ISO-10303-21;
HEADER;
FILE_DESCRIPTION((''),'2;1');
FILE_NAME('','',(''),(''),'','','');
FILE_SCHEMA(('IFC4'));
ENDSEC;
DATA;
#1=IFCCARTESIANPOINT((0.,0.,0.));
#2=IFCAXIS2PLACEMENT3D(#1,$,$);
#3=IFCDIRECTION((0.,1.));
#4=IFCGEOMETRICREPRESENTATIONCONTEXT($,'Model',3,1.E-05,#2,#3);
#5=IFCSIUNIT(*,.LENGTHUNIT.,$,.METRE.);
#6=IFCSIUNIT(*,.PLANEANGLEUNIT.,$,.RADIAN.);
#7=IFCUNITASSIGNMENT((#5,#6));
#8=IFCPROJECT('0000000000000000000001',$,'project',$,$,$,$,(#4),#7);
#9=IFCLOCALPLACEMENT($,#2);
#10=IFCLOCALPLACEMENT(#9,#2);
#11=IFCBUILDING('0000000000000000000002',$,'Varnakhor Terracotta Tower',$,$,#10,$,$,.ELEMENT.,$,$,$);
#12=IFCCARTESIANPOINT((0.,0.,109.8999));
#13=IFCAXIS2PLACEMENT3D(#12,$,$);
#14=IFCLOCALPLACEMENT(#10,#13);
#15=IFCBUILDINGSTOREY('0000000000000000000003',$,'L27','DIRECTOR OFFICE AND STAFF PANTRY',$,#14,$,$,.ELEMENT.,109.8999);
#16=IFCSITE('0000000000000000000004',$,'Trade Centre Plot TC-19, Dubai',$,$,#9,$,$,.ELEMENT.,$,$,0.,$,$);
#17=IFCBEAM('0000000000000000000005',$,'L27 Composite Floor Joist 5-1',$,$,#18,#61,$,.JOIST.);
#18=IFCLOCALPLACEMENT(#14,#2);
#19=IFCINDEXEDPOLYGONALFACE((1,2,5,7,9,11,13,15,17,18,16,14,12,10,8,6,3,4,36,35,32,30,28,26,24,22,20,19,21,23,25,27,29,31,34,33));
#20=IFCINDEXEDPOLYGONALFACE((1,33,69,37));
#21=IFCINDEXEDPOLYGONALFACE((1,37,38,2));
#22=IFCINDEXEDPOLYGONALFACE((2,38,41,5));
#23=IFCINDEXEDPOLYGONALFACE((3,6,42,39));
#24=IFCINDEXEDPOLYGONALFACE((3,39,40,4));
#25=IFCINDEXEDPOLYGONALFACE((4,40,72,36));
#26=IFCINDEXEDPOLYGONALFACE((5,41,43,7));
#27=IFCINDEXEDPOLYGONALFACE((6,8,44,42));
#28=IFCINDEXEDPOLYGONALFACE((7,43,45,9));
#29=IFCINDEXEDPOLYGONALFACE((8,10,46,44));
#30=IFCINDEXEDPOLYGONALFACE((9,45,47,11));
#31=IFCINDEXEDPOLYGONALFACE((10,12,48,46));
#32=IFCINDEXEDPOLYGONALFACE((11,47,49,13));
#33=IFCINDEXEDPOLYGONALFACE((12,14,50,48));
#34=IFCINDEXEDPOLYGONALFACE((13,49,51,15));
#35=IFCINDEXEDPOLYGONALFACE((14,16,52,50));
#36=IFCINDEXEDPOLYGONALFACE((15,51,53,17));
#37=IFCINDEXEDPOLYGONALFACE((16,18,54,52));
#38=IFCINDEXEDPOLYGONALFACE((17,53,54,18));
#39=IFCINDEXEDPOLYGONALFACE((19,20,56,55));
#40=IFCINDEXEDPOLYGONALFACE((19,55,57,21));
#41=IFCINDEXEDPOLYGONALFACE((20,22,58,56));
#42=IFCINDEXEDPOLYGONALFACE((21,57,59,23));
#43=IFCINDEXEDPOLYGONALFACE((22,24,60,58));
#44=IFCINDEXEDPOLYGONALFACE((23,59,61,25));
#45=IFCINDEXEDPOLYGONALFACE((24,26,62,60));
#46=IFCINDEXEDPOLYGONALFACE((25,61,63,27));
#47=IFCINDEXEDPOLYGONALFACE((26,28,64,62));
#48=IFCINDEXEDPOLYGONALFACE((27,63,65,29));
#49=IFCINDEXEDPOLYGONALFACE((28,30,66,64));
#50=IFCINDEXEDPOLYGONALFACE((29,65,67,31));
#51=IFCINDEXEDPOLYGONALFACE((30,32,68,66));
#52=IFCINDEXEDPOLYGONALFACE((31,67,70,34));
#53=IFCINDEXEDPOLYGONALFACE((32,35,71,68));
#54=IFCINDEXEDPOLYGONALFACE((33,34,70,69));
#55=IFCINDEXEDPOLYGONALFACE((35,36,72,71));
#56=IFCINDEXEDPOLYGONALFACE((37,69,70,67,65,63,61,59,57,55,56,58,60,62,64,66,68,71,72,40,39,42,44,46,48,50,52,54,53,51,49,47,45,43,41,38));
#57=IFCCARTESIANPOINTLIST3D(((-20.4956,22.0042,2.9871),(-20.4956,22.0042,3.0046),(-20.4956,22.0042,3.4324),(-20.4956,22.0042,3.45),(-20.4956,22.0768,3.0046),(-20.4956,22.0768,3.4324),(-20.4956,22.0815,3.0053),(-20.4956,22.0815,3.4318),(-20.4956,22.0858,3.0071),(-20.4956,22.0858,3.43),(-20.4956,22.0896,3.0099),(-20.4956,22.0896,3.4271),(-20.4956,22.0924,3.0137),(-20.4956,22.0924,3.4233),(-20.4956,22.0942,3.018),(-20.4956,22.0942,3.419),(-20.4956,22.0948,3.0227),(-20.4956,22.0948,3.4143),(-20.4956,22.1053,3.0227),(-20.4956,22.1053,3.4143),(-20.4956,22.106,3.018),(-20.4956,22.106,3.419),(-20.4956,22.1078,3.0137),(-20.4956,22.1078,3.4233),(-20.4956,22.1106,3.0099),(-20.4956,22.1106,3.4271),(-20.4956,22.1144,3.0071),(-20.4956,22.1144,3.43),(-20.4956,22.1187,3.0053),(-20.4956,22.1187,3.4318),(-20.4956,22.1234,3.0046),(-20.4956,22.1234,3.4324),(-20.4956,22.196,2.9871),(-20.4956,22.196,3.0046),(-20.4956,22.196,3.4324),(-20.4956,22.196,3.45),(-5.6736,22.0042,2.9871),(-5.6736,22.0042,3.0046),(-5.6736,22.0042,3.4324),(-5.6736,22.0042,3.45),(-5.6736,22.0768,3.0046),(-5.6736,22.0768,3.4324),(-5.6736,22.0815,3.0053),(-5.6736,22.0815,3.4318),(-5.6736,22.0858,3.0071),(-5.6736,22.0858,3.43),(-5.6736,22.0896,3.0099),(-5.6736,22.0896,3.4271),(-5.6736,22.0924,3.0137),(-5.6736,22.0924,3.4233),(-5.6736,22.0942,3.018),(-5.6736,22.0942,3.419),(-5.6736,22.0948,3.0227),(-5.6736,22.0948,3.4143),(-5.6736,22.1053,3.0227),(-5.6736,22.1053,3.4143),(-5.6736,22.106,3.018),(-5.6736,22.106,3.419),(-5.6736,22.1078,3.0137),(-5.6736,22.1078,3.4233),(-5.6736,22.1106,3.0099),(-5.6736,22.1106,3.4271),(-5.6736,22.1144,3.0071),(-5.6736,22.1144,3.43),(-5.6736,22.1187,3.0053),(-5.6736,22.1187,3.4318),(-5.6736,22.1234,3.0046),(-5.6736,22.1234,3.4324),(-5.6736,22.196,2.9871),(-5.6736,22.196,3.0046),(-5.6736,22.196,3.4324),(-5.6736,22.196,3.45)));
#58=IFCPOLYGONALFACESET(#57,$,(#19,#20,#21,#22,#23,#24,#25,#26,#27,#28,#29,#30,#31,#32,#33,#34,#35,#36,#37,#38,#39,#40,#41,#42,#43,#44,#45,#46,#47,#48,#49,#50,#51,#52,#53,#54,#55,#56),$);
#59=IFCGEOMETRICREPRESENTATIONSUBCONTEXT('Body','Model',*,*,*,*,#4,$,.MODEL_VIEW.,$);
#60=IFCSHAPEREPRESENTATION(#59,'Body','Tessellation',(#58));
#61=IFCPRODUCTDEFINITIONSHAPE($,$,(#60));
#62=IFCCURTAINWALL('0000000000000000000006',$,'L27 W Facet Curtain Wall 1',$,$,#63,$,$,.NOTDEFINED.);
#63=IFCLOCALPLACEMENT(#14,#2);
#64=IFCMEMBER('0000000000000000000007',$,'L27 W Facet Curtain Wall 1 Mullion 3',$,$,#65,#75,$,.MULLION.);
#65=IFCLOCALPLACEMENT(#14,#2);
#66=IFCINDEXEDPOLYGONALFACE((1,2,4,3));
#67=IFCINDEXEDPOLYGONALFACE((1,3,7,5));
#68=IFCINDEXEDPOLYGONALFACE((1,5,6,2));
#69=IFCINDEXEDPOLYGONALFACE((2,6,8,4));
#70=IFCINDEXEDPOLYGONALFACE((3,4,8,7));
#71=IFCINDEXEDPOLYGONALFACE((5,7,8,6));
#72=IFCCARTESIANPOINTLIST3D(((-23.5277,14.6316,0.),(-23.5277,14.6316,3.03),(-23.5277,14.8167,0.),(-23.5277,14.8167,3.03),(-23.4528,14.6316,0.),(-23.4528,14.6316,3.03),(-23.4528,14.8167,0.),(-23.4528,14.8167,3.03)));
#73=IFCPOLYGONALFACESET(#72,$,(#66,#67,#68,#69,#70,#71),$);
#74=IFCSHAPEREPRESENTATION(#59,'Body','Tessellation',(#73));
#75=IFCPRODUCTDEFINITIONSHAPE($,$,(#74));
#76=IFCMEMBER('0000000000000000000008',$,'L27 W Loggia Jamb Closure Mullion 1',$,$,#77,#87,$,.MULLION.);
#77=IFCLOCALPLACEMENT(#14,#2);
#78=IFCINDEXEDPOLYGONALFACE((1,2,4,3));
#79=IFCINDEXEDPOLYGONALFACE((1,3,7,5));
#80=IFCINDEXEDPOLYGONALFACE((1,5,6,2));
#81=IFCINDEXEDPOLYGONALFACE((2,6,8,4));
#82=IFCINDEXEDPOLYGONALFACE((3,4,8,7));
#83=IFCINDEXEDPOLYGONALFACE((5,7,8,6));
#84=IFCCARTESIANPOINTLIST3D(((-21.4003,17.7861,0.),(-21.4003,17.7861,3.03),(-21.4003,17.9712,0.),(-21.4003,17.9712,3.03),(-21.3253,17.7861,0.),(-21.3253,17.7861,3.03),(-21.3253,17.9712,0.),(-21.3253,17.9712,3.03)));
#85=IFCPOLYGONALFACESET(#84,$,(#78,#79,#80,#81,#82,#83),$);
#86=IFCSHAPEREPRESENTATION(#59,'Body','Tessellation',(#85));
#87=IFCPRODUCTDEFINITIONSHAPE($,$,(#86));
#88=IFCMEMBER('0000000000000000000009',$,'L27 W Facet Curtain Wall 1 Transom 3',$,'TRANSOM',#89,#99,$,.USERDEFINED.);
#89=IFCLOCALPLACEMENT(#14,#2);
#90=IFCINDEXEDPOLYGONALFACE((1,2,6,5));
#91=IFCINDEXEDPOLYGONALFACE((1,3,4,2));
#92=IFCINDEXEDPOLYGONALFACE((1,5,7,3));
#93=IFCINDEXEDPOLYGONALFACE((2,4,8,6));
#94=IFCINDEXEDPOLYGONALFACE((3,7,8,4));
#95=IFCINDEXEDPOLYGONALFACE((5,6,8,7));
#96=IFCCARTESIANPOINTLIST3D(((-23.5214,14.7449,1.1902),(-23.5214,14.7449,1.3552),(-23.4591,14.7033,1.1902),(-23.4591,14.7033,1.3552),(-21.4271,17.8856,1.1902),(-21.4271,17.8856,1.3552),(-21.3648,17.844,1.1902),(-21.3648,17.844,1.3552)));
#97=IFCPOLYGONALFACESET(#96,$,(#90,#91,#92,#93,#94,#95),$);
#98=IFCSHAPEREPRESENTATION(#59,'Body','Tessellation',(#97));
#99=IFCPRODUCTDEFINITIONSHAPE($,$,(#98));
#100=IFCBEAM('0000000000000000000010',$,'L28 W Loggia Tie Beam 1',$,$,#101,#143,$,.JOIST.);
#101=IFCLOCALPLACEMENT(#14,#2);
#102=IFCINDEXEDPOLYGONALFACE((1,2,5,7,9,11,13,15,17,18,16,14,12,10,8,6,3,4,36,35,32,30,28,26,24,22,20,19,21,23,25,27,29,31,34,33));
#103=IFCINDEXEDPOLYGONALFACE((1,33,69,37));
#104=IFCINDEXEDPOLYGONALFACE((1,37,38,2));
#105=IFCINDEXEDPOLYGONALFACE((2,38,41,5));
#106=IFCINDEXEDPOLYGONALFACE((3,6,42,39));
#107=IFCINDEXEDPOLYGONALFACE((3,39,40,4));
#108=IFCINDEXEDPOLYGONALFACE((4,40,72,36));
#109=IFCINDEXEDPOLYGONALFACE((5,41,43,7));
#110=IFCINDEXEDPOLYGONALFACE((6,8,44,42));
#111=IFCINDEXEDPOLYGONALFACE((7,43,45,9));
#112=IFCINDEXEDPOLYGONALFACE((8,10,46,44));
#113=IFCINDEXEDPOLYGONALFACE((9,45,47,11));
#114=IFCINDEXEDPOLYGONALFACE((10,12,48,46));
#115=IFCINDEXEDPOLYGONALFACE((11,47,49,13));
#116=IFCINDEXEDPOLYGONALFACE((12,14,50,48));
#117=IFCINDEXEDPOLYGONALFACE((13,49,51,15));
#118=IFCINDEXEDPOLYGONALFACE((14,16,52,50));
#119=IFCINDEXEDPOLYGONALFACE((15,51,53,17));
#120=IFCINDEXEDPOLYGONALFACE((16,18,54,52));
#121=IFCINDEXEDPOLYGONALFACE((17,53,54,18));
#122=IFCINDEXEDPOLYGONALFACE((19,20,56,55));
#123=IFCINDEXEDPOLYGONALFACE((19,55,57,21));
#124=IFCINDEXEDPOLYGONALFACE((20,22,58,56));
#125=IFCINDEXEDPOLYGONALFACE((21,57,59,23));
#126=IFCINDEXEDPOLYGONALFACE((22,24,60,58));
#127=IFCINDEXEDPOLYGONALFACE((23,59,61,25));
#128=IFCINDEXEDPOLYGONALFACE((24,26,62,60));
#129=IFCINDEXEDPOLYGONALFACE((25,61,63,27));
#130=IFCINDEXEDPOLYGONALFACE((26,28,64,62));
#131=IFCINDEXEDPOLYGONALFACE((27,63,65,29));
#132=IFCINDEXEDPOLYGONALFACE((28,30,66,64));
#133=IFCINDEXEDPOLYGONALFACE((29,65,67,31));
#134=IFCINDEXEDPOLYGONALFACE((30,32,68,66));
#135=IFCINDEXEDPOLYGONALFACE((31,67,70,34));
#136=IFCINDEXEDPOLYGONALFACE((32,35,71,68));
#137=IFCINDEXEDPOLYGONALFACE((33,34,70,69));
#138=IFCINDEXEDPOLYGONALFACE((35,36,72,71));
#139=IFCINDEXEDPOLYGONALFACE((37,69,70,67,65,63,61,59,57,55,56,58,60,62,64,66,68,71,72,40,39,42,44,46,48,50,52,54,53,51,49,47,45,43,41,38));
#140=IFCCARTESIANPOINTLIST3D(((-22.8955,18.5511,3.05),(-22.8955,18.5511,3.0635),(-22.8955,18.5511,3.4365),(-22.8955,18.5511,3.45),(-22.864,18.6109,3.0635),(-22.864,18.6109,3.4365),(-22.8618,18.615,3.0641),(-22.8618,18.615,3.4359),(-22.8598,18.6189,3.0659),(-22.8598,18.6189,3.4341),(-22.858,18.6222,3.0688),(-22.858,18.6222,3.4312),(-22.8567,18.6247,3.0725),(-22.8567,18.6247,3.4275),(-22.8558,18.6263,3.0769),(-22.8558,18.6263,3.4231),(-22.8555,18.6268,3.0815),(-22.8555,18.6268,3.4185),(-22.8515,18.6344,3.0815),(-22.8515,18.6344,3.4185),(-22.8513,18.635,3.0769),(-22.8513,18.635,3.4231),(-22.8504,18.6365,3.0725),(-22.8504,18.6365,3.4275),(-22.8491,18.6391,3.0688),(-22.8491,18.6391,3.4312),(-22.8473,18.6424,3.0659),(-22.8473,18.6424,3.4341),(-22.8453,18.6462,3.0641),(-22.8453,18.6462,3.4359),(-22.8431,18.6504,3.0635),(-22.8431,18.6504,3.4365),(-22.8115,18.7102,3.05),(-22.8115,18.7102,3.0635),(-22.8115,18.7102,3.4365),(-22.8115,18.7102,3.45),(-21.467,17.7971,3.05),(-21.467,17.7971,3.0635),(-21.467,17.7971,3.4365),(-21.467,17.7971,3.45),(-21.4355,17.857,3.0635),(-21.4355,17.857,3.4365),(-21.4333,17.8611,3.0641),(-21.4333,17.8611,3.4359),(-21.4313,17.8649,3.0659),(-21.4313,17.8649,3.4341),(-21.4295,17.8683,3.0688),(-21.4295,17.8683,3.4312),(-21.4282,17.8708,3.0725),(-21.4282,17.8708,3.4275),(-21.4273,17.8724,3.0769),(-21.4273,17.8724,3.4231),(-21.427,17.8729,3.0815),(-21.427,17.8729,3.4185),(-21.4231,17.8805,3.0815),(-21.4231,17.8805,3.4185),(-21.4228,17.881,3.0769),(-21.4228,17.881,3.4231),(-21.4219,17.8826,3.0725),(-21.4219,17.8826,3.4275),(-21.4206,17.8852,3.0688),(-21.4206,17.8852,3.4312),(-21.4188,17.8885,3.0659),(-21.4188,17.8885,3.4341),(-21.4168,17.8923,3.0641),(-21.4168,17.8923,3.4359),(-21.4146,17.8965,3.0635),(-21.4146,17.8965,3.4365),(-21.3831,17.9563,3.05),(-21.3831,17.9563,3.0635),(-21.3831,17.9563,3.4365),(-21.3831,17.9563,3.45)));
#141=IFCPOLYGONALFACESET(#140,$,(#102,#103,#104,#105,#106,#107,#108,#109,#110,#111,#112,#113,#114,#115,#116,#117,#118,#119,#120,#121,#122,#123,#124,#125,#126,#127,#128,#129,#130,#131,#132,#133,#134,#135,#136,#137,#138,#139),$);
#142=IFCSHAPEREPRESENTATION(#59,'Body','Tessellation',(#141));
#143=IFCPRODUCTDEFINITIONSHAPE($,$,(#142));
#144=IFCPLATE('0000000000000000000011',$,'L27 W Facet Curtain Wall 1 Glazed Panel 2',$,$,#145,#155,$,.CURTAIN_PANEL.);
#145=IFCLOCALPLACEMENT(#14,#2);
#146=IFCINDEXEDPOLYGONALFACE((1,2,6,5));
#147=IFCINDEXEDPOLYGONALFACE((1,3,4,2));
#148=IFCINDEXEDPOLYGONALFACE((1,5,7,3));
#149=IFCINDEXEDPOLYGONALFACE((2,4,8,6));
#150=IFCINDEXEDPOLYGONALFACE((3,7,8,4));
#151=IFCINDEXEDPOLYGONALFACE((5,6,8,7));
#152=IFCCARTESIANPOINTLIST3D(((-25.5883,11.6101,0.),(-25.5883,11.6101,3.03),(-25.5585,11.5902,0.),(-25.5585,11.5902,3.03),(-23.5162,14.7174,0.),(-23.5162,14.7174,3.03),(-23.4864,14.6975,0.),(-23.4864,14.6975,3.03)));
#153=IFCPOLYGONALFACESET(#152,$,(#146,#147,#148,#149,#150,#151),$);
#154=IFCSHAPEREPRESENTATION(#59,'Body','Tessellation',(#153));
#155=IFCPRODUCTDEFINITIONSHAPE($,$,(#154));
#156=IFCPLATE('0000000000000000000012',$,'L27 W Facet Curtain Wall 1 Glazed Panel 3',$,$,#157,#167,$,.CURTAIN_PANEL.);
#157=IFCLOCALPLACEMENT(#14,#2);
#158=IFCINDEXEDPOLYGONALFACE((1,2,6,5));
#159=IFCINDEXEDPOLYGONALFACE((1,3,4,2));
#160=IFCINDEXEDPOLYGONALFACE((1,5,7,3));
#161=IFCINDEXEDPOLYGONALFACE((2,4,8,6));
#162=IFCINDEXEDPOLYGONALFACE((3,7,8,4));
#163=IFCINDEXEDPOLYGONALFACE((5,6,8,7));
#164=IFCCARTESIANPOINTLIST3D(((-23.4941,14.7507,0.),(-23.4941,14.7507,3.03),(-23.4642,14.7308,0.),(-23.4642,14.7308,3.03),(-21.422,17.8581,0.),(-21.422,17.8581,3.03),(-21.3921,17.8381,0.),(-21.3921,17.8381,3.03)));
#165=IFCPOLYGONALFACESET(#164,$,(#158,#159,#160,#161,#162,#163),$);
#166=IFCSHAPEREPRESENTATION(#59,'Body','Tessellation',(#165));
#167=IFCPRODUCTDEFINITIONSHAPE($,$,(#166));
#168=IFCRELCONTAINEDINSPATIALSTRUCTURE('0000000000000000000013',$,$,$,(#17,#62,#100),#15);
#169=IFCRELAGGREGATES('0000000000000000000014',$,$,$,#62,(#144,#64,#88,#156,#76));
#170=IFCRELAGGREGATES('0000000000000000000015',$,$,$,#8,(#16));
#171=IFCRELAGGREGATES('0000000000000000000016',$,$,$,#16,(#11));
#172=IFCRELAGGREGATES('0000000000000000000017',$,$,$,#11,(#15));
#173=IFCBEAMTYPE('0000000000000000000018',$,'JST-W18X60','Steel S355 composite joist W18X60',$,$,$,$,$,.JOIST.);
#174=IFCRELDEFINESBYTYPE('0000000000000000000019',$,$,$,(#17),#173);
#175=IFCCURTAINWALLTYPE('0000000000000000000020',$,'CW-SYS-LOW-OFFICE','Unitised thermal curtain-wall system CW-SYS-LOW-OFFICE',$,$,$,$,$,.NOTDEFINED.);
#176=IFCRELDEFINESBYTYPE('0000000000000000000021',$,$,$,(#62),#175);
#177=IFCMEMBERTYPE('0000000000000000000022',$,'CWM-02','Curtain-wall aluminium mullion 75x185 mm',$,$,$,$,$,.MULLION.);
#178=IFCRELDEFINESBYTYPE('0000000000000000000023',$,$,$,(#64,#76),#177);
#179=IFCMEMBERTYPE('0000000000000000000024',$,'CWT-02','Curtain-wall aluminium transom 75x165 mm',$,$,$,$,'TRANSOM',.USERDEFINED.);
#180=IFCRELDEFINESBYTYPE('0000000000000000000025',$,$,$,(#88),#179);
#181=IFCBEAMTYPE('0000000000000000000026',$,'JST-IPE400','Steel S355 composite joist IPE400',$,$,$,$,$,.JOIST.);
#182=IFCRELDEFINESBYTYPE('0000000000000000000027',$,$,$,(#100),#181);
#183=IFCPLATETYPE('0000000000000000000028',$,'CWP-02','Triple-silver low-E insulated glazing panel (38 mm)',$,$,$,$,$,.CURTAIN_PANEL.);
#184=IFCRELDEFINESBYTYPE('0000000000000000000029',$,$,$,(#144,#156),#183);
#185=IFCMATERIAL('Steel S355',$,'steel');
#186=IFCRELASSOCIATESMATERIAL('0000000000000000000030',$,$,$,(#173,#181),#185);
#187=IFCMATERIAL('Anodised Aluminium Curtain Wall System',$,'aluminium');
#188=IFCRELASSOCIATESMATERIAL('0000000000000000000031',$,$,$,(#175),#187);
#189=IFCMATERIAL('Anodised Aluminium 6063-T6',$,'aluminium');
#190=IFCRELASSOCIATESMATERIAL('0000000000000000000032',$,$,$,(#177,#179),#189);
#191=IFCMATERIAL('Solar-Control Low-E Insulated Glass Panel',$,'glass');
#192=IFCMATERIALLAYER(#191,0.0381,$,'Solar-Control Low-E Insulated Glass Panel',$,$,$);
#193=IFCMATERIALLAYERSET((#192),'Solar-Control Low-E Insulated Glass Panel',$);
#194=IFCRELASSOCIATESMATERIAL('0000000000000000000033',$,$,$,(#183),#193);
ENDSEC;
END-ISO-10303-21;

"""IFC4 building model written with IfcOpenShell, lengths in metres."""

from ifc_helpers import new_model, si_unit, direction, frame, origin, origin_2d, place, context, subcontext, project, spatial, rectangle, i_section, extrude, source, transform, mapped, material, layer, layer_set, material_profile, profile_set, type_object, type_shapes, element, aggregate, save


model = new_model("IFC4")

# Units and contexts
model_context = context("Model", 3, precision=1e-05, world=origin(), true_north=direction((0.0, 1.0)))
body_context = subcontext(model_context, "Body", "Model", "MODEL_VIEW")
ifc_project = project(units=[si_unit("LENGTHUNIT", "METRE"), si_unit("PLANEANGLEUNIT", "RADIAN")], contexts=[model_context])

# Site, building, storey
site_placement = place(None, origin())
site = spatial("IfcSite", under=ifc_project, at=site_placement, Name="Trade Centre Plot TC-19, Dubai", CompositionType="ELEMENT", RefElevation=0.0)
building_placement = place(site_placement, origin())
building = spatial("IfcBuilding", under=site, at=building_placement, Name="Varnakhor Terracotta Tower", CompositionType="ELEMENT")
storey_placement = place(building_placement, frame((0.0, 0.0, 109.8999)))
storey = spatial("IfcBuildingStorey", under=building, at=storey_placement, Name="L27", Description="DIRECTOR OFFICE AND STAFF PANTRY", CompositionType="ELEMENT", Elevation=109.8999)

# Beam
ifc_material_1 = material(Name="Steel S355", Category="steel")
ifc_material_profile_1 = material_profile(ifc_material_1, i_section(OverallWidth=0.1919, OverallDepth=0.4629, WebThickness=0.0105, FlangeThickness=0.0176, FilletRadius=0.0181, at=origin_2d()), Name="W18X60")
ifc_profile_set_1 = profile_set([ifc_material_profile_1], Name="Steel S355")
beam_type_1 = type_object("IfcBeamType", Name="JST-W18X60", Description="Steel S355 composite joist W18X60", PredefinedType="JOIST", material=ifc_profile_set_1)
shared_shape_1 = source(origin(), body_context, "Body", "SweptSolid", [
    extrude(i_section(OverallWidth=0.1919, OverallDepth=0.4629, WebThickness=0.0105, FlangeThickness=0.0176, FilletRadius=0.0181, at=origin_2d()), origin(), (0.0, 0.0, 1.0), 14.822),
])
beam_1_placement = place(storey_placement, frame((-20.4956, 22.1001, 3.2185), z_axis=(1.0, 0.0, 0.0), x_axis=(0.0, 1.0, 0.0)))
element("IfcBeam", 1, at=beam_1_placement, inside=storey, type_object=beam_type_1, Name="L27 Composite Floor Joist 5-1", PredefinedType="JOIST", context=body_context, shape_type="MappedRepresentation", body=[
    mapped(shared_shape_1, transform((0.0, 0.0, 0.0), scale=1.0)),
])

# Curtain wall, members
ifc_material_2 = material(Name="Anodised Aluminium Curtain Wall System", Category="aluminium")
curtain_wall_type = type_object("IfcCurtainWallType", Name="CW-SYS-LOW-OFFICE", Description="Unitised thermal curtain-wall system CW-SYS-LOW-OFFICE", PredefinedType="NOTDEFINED", material=ifc_material_2)
curtain_wall_placement = place(storey_placement, origin())
curtain_wall = element("IfcCurtainWall", 2, at=curtain_wall_placement, inside=storey, type_object=curtain_wall_type, Name="L27 W Facet Curtain Wall 1", PredefinedType="NOTDEFINED")
ifc_material_3 = material(Name="Anodised Aluminium 6063-T6", Category="aluminium")
ifc_material_profile_2 = material_profile(ifc_material_3, rectangle(XDim=0.075, YDim=0.1851, at=origin_2d()), Name="ALU MULLION 75x185")
ifc_profile_set_2 = profile_set([ifc_material_profile_2], Name="Anodised Aluminium 6063-T6")
member_type_1 = type_object("IfcMemberType", Name="CWM-02", Description="Curtain-wall aluminium mullion 75x185 mm", PredefinedType="MULLION", material=ifc_profile_set_2)
shared_shape_2 = source(origin(), body_context, "Body", "SweptSolid", [
    extrude(rectangle(XDim=0.075, YDim=0.1851, at=origin_2d()), origin(), (0.0, 0.0, 1.0), 3.03),
])
type_shapes(member_type_1, [shared_shape_2])
member_1_placement = place(storey_placement, frame((-23.4902, 14.7241, 0.0), z_axis=(0.0, 0.0, 1.0), x_axis=(1.0, 0.0, 0.0)))
member_1 = element("IfcMember", 3, at=member_1_placement, type_object=member_type_1, Name="L27 W Facet Curtain Wall 1 Mullion 3", PredefinedType="MULLION", context=body_context, shape_type="MappedRepresentation", body=[
    mapped(shared_shape_2, transform((0.0, 0.0, 0.0), scale=1.0)),
])
member_2_placement = place(storey_placement, frame((-21.3628, 17.8787, 0.0), z_axis=(0.0, 0.0, 1.0), x_axis=(1.0, 0.0, 0.0)))
member_2 = element("IfcMember", 4, at=member_2_placement, type_object=member_type_1, Name="L27 W Loggia Jamb Closure Mullion 1", PredefinedType="MULLION", context=body_context, shape_type="MappedRepresentation", body=[
    mapped(shared_shape_2, transform((0.0, 0.0, 0.0), scale=1.0)),
])
ifc_material_profile_3 = material_profile(ifc_material_3, rectangle(XDim=0.075, YDim=0.165, at=origin_2d()), Name="ALU TRANSOM 75x165")
ifc_profile_set_3 = profile_set([ifc_material_profile_3], Name="Anodised Aluminium 6063-T6")
member_type_2 = type_object("IfcMemberType", Name="CWT-02", Description="Curtain-wall aluminium transom 75x165 mm", ElementType="TRANSOM", PredefinedType="USERDEFINED", material=ifc_profile_set_3)
shared_shape_3 = source(origin(), body_context, "Body", "SweptSolid", [
    extrude(rectangle(XDim=0.075, YDim=0.165, at=origin_2d()), origin(), (0.0, 0.0, 1.0), 3.7749),
])
member_3_placement = place(storey_placement, frame((-23.4902, 14.7241, 1.2727), z_axis=(0.55479, 0.831991, 0.0), x_axis=(-0.831991, 0.55479, 0.0)))
member_3 = element("IfcMember", 5, at=member_3_placement, type_object=member_type_2, Name="L27 W Facet Curtain Wall 1 Transom 3", ObjectType="TRANSOM", PredefinedType="USERDEFINED", context=body_context, shape_type="MappedRepresentation", body=[
    mapped(shared_shape_3, transform((0.0, 0.0, 0.0), scale=1.0)),
])

# Beam
ifc_material_profile_4 = material_profile(ifc_material_1, i_section(OverallWidth=0.1799, OverallDepth=0.3999, WebThickness=0.0085, FlangeThickness=0.0134, FilletRadius=0.0181, at=origin_2d()), Name="IPE400")
ifc_profile_set_4 = profile_set([ifc_material_profile_4], Name="Steel S355")
beam_type_2 = type_object("IfcBeamType", Name="JST-IPE400", Description="Steel S355 composite joist IPE400", PredefinedType="JOIST", material=ifc_profile_set_4)
shared_shape_4 = source(origin(), body_context, "Body", "SweptSolid", [
    extrude(i_section(OverallWidth=0.1799, OverallDepth=0.3999, WebThickness=0.0085, FlangeThickness=0.0134, FilletRadius=0.0181, at=origin_2d()), origin(), (0.0, 0.0, 1.0), 1.6152),
])
beam_2_placement = place(storey_placement, frame((-21.425, 17.8767, 3.25), z_axis=(-0.884386, 0.466755, 0.0), x_axis=(-0.466755, -0.884386, 0.0)))
element("IfcBeam", 6, at=beam_2_placement, inside=storey, type_object=beam_type_2, Name="L28 W Loggia Tie Beam 1", PredefinedType="JOIST", context=body_context, shape_type="MappedRepresentation", body=[
    mapped(shared_shape_4, transform((0.0, 0.0, 0.0), scale=1.0)),
])

# Plates
ifc_material_4 = material(Name="Solar-Control Low-E Insulated Glass Panel", Category="glass")
ifc_layer_1 = layer(ifc_material_4, 0.0381, Name="Solar-Control Low-E Insulated Glass Panel")
ifc_layer_set_1 = layer_set([ifc_layer_1], Name="Solar-Control Low-E Insulated Glass Panel")
plate_type = type_object("IfcPlateType", Name="CWP-02", Description="Triple-silver low-E insulated glazing panel (38 mm)", PredefinedType="CURTAIN_PANEL", material=ifc_layer_set_1)
shared_shape_5 = source(origin(), body_context, "Body", "SweptSolid", [
    extrude(rectangle(XDim=3.7349, YDim=0.0359, at=origin_2d()), origin(), (0.0, 0.0, 1.0), 3.03),
])
plate_1_placement = place(storey_placement, frame((-24.5374, 13.1538, 0.0), z_axis=(0.0, 0.0, 1.0), x_axis=(0.554801, 0.831983, 0.0)))
plate_1 = element("IfcPlate", 7, at=plate_1_placement, type_object=plate_type, Name="L27 W Facet Curtain Wall 1 Glazed Panel 2", PredefinedType="CURTAIN_PANEL", context=body_context, shape_type="MappedRepresentation", body=[
    mapped(shared_shape_5, transform((0.0, 0.0, 0.0), scale=1.0)),
])
plate_2_placement = place(storey_placement, frame((-22.4431, 16.2944, 0.0), z_axis=(0.0, 0.0, 1.0), x_axis=(0.554801, 0.831983, 0.0)))
plate_2 = element("IfcPlate", 8, at=plate_2_placement, type_object=plate_type, Name="L27 W Facet Curtain Wall 1 Glazed Panel 3", PredefinedType="CURTAIN_PANEL", context=body_context, shape_type="MappedRepresentation", body=[
    mapped(shared_shape_5, transform((0.0, 0.0, 0.0), scale=1.0)),
])
aggregate(curtain_wall, [plate_1, member_1, member_3, plate_2, member_2])

save(model, "model.ifc")
